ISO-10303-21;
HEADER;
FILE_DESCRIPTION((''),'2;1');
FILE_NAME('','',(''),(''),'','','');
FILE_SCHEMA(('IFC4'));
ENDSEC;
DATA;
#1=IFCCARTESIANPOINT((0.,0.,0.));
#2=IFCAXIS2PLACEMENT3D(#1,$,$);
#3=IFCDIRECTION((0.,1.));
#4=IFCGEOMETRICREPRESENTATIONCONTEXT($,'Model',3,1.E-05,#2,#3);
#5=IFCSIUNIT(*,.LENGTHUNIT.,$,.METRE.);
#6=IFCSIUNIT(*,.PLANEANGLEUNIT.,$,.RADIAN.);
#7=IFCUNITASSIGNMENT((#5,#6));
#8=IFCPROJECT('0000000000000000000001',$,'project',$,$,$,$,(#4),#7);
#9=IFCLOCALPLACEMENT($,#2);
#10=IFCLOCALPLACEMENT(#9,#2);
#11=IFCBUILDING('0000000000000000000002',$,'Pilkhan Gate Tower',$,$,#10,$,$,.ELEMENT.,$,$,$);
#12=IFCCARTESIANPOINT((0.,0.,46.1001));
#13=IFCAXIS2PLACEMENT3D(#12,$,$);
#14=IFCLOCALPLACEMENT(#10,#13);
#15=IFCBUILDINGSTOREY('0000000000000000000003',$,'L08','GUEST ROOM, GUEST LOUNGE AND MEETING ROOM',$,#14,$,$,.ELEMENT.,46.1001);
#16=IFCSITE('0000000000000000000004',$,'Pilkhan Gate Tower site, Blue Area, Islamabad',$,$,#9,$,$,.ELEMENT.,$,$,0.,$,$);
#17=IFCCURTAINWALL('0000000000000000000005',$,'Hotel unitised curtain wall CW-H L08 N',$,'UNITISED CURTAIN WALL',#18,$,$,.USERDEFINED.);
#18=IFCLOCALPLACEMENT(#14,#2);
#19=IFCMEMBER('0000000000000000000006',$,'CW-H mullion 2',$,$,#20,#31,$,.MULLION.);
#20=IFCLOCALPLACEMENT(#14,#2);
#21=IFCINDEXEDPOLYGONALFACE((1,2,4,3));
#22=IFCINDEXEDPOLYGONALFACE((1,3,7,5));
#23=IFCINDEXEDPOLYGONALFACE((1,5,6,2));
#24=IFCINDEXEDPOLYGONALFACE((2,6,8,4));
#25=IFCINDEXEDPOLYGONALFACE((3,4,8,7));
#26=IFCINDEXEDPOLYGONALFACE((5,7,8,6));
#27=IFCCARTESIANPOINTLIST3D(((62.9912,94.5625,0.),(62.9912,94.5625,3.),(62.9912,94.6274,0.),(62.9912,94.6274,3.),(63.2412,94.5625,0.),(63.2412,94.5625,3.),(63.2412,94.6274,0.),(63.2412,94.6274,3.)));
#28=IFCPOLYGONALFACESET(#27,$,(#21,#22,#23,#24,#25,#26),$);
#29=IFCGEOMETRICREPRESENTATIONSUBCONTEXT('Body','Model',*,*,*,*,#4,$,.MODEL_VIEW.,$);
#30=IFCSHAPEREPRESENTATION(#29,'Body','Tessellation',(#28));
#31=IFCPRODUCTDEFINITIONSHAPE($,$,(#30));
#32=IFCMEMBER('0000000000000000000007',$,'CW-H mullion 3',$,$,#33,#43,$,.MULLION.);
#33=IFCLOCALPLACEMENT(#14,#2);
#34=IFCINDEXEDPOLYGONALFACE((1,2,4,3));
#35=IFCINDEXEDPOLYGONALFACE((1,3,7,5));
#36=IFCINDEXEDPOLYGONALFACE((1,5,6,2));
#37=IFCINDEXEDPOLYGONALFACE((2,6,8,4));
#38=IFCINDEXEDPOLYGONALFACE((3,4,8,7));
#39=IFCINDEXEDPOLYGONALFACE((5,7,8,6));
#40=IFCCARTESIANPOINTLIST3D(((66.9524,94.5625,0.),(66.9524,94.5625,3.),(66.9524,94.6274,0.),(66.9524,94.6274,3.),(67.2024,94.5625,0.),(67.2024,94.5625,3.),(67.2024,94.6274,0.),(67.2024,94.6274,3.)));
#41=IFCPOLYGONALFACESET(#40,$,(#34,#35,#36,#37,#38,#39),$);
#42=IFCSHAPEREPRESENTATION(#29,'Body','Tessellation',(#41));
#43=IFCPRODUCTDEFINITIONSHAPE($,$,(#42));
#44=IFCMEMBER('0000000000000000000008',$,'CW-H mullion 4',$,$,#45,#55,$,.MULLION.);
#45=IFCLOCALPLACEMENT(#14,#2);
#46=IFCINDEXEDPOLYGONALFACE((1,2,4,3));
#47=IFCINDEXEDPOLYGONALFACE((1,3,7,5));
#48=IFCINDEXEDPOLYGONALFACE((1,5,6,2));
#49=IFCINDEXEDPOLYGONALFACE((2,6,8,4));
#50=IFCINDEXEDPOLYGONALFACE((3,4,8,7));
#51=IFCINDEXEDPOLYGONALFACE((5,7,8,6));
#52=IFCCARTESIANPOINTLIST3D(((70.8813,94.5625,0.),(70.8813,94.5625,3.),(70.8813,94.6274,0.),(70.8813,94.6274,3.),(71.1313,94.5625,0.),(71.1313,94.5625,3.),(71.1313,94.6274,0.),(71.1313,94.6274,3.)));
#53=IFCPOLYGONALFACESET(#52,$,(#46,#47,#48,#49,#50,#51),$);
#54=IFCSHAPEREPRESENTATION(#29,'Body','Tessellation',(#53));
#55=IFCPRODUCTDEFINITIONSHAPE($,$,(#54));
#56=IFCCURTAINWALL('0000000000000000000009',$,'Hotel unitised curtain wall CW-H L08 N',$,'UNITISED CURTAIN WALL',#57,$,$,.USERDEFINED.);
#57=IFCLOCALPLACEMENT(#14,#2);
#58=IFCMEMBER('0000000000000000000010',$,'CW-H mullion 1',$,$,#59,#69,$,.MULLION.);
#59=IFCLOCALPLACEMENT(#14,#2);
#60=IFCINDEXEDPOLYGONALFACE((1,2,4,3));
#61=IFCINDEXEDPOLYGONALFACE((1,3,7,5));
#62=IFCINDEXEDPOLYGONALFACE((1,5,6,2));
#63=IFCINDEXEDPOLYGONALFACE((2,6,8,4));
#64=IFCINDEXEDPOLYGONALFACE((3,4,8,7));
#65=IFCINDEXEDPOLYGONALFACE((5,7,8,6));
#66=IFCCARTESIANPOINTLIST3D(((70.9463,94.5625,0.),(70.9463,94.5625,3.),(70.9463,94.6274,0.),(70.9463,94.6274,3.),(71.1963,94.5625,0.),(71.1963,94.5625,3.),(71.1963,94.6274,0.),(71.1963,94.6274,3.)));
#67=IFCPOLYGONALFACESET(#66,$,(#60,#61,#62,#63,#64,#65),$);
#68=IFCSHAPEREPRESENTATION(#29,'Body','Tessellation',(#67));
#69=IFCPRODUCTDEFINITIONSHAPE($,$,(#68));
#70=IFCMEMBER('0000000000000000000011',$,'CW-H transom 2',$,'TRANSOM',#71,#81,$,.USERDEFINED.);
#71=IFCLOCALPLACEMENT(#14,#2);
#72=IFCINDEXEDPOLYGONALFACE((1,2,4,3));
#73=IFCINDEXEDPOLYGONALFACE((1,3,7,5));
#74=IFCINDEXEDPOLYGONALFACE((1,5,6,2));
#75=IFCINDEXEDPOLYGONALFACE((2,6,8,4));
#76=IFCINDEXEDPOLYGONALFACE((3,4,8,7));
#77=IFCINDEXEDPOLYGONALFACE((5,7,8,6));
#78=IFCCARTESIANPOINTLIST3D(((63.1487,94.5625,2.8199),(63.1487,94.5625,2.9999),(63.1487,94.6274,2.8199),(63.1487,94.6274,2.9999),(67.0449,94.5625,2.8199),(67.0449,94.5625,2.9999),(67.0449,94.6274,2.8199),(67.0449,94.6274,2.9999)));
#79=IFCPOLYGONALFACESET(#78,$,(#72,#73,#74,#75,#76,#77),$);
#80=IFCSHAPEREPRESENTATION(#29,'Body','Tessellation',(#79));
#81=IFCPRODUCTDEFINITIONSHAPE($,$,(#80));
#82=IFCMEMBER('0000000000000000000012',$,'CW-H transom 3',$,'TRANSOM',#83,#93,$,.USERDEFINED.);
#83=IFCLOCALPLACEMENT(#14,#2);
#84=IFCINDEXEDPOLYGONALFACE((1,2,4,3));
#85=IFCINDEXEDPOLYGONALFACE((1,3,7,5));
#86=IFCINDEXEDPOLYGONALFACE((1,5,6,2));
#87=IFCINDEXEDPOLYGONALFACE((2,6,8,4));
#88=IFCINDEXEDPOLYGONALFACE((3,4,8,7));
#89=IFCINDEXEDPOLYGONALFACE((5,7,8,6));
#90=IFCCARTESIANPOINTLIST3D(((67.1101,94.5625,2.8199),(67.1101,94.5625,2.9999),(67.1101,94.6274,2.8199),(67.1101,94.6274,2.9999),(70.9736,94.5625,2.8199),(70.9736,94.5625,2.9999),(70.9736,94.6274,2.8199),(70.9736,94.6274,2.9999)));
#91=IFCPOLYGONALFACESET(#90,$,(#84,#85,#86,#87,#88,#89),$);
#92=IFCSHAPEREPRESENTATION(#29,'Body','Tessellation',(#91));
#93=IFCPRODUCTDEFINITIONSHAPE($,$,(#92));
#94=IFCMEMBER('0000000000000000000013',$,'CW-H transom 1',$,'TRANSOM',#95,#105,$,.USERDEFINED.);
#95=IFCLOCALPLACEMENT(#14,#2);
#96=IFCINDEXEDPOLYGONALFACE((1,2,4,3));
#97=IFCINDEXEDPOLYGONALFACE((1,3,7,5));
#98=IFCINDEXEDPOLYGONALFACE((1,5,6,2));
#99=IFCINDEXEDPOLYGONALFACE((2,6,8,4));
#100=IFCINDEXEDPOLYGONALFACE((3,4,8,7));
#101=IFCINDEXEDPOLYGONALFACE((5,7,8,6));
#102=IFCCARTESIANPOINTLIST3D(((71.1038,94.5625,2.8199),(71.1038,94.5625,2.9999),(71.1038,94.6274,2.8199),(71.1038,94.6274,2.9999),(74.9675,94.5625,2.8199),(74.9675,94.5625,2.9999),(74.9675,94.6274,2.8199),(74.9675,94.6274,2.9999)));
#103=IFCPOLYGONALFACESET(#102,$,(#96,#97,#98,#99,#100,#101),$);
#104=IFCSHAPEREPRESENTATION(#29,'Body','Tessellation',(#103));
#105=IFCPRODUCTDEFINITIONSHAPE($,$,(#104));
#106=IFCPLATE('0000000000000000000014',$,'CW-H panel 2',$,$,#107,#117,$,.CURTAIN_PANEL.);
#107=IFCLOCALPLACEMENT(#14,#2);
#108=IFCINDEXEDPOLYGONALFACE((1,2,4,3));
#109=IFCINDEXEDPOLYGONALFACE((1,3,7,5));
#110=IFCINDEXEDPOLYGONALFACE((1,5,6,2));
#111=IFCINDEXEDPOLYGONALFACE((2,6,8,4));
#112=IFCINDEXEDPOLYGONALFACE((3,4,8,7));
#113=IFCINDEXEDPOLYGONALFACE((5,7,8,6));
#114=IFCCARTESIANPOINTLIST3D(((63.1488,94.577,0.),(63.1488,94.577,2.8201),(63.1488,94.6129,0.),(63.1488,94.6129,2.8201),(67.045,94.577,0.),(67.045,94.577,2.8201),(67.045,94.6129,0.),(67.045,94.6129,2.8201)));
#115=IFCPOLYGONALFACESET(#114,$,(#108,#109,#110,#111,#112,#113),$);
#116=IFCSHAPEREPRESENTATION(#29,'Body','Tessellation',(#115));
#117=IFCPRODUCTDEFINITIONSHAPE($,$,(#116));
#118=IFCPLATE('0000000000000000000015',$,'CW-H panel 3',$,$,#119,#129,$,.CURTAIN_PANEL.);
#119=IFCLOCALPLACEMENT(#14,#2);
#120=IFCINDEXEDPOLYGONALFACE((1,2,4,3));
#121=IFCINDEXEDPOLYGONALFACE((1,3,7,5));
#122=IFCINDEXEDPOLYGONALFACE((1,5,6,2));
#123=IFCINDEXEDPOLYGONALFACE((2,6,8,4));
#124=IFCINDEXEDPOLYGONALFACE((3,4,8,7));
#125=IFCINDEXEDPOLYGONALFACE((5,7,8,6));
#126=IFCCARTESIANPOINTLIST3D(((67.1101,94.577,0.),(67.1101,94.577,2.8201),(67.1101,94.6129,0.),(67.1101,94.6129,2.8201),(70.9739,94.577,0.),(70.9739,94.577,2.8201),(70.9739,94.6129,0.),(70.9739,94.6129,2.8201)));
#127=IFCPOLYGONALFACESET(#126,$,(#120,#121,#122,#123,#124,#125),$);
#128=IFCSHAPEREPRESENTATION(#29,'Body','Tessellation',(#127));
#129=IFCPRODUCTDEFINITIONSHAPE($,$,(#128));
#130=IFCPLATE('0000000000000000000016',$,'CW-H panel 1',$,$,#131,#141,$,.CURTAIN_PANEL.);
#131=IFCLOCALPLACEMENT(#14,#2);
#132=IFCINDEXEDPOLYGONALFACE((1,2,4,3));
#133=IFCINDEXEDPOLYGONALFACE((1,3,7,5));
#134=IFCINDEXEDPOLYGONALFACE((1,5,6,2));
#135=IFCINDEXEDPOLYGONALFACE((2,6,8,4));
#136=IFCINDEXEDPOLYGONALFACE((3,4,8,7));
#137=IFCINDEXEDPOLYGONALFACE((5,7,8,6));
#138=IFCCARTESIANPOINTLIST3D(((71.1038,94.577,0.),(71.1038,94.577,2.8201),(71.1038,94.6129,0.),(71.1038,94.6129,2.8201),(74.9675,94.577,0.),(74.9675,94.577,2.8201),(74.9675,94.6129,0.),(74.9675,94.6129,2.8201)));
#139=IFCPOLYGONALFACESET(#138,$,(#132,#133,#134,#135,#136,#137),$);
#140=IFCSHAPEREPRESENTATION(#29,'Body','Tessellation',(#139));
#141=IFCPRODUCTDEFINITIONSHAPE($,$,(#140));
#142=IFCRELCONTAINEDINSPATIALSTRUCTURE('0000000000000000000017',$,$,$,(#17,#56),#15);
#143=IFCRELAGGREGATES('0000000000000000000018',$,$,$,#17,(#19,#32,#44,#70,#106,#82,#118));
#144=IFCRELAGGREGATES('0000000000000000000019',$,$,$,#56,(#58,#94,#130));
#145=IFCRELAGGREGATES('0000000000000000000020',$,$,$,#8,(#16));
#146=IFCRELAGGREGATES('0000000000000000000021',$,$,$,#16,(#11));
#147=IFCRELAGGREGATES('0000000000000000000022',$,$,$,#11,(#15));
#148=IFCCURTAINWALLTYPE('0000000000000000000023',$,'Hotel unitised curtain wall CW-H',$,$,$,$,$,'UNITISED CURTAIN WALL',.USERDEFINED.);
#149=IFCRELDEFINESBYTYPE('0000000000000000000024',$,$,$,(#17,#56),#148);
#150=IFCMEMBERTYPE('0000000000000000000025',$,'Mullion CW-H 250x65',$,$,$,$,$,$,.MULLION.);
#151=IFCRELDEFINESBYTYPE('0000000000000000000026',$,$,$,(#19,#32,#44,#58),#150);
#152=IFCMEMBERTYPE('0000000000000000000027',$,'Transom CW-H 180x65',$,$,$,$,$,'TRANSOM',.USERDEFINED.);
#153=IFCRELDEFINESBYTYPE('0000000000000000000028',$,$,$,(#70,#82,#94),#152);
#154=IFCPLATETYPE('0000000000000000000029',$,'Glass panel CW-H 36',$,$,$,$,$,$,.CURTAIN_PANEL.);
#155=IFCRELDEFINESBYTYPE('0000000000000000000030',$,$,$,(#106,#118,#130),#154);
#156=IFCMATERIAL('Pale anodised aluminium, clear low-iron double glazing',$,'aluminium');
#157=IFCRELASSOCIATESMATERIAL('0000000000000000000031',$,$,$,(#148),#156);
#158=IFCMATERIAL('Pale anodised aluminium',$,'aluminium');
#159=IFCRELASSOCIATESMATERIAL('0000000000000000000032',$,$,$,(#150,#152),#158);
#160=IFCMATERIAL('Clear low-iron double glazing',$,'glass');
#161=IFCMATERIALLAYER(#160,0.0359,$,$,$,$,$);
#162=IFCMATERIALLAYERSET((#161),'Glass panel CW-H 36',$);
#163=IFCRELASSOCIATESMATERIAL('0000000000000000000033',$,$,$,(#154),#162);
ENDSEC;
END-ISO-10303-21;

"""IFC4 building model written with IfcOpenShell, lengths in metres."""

from ifc_helpers import new_model, si_unit, direction, frame, origin, origin_2d, place, context, subcontext, project, spatial, rectangle, extrude, material, layer, layer_set, material_profile, profile_set, type_object, element, aggregate, save


model = new_model("IFC4")

# Units and contexts
model_context = context("Model", 3, precision=1e-05, world=origin(), true_north=direction((0.0, 1.0)))
body_context = subcontext(model_context, "Body", "Model", "MODEL_VIEW")
ifc_project = project(units=[si_unit("LENGTHUNIT", "METRE"), si_unit("PLANEANGLEUNIT", "RADIAN")], contexts=[model_context])

# Site, building, storey
site_placement = place(None, origin())
site = spatial("IfcSite", under=ifc_project, at=site_placement, Name="Pilkhan Gate Tower site, Blue Area, Islamabad", CompositionType="ELEMENT", RefElevation=0.0)
building_placement = place(site_placement, origin())
building = spatial("IfcBuilding", under=site, at=building_placement, Name="Pilkhan Gate Tower", CompositionType="ELEMENT")
storey_placement = place(building_placement, frame((0.0, 0.0, 46.1001)))
storey = spatial("IfcBuildingStorey", under=building, at=storey_placement, Name="L08", Description="GUEST ROOM, GUEST LOUNGE AND MEETING ROOM", CompositionType="ELEMENT", Elevation=46.1001)

# Curtain wall, members
ifc_material_1 = material(Name="Pale anodised aluminium, clear low-iron double glazing", Category="aluminium")
curtain_wall_type = type_object("IfcCurtainWallType", Name="Hotel unitised curtain wall CW-H", ElementType="UNITISED CURTAIN WALL", PredefinedType="USERDEFINED", material=ifc_material_1)
curtain_wall_1_placement = place(storey_placement, origin())
curtain_wall_1 = element("IfcCurtainWall", 1, at=curtain_wall_1_placement, inside=storey, type_object=curtain_wall_type, Name="Hotel unitised curtain wall CW-H L08 N", ObjectType="UNITISED CURTAIN WALL", PredefinedType="USERDEFINED")
ifc_material_2 = material(Name="Pale anodised aluminium", Category="aluminium")
ifc_material_profile_1 = material_profile(ifc_material_2, rectangle(XDim=0.0649, YDim=0.25, at=origin_2d()), Name="Mullion 250x65")
ifc_profile_set_1 = profile_set([ifc_material_profile_1], Name="Pale anodised aluminium")
member_type_1 = type_object("IfcMemberType", Name="Mullion CW-H 250x65", PredefinedType="MULLION", material=ifc_profile_set_1)
member_1_placement = place(storey_placement, frame((63.1162, 94.595, 0.0), z_axis=(0.0, 0.0, 1.0), x_axis=(0.0, 1.0, 0.0)))
member_1 = element("IfcMember", 2, at=member_1_placement, type_object=member_type_1, Name="CW-H mullion 2", PredefinedType="MULLION", context=body_context, shape_type="SweptSolid", body=[
    extrude(rectangle(XDim=0.0649, YDim=0.25, at=origin_2d()), origin(), (0.0, 0.0, 1.0), 3.0),
])
member_2_placement = place(storey_placement, frame((67.0774, 94.595, 0.0), z_axis=(0.0, 0.0, 1.0), x_axis=(0.0, 1.0, 0.0)))
member_2 = element("IfcMember", 3, at=member_2_placement, type_object=member_type_1, Name="CW-H mullion 3", PredefinedType="MULLION", context=body_context, shape_type="SweptSolid", body=[
    extrude(rectangle(XDim=0.0649, YDim=0.25, at=origin_2d()), origin(), (0.0, 0.0, 1.0), 3.0),
])
member_3_placement = place(storey_placement, frame((71.0063, 94.595, 0.0), z_axis=(0.0, 0.0, 1.0), x_axis=(0.0, 1.0, 0.0)))
member_3 = element("IfcMember", 4, at=member_3_placement, type_object=member_type_1, Name="CW-H mullion 4", PredefinedType="MULLION", context=body_context, shape_type="SweptSolid", body=[
    extrude(rectangle(XDim=0.0649, YDim=0.25, at=origin_2d()), origin(), (0.0, 0.0, 1.0), 3.0),
])

# Curtain wall, member
curtain_wall_2_placement = place(storey_placement, origin())
curtain_wall_2 = element("IfcCurtainWall", 5, at=curtain_wall_2_placement, inside=storey, type_object=curtain_wall_type, Name="Hotel unitised curtain wall CW-H L08 N", ObjectType="UNITISED CURTAIN WALL", PredefinedType="USERDEFINED")
member_4_placement = place(storey_placement, frame((71.0713, 94.595, 0.0), z_axis=(0.0, 0.0, 1.0), x_axis=(0.0, 1.0, 0.0)))
member_4 = element("IfcMember", 6, at=member_4_placement, type_object=member_type_1, Name="CW-H mullion 1", PredefinedType="MULLION", context=body_context, shape_type="SweptSolid", body=[
    extrude(rectangle(XDim=0.0649, YDim=0.25, at=origin_2d()), origin(), (0.0, 0.0, 1.0), 3.0),
])

# Members
ifc_material_profile_2 = material_profile(ifc_material_2, rectangle(XDim=0.0649, YDim=0.1799, at=origin_2d()), Name="Transom 180x65")
ifc_profile_set_2 = profile_set([ifc_material_profile_2], Name="Pale anodised aluminium")
member_type_2 = type_object("IfcMemberType", Name="Transom CW-H 180x65", ElementType="TRANSOM", PredefinedType="USERDEFINED", material=ifc_profile_set_2)
member_5_placement = place(storey_placement, frame((63.1487, 94.595, 2.9099), z_axis=(1.0, 0.0, 0.0), x_axis=(0.0, 1.0, 0.0)))
member_5 = element("IfcMember", 7, at=member_5_placement, type_object=member_type_2, Name="CW-H transom 2", ObjectType="TRANSOM", PredefinedType="USERDEFINED", context=body_context, shape_type="SweptSolid", body=[
    extrude(rectangle(XDim=0.0649, YDim=0.1799, at=origin_2d()), origin(), (0.0, 0.0, 1.0), 3.8962),
])
member_6_placement = place(storey_placement, frame((67.1101, 94.595, 2.9099), z_axis=(1.0, 0.0, 0.0), x_axis=(0.0, 1.0, 0.0)))
member_6 = element("IfcMember", 8, at=member_6_placement, type_object=member_type_2, Name="CW-H transom 3", ObjectType="TRANSOM", PredefinedType="USERDEFINED", context=body_context, shape_type="SweptSolid", body=[
    extrude(rectangle(XDim=0.0649, YDim=0.1799, at=origin_2d()), origin(), (0.0, 0.0, 1.0), 3.8635),
])
member_7_placement = place(storey_placement, frame((71.1038, 94.595, 2.9099), z_axis=(1.0, 0.0, 0.0), x_axis=(0.0, 1.0, 0.0)))
member_7 = element("IfcMember", 9, at=member_7_placement, type_object=member_type_2, Name="CW-H transom 1", ObjectType="TRANSOM", PredefinedType="USERDEFINED", context=body_context, shape_type="SweptSolid", body=[
    extrude(rectangle(XDim=0.0649, YDim=0.1799, at=origin_2d()), origin(), (0.0, 0.0, 1.0), 3.8638),
])

# Plates
ifc_material_3 = material(Name="Clear low-iron double glazing", Category="glass")
ifc_layer_1 = layer(ifc_material_3, 0.0359)
ifc_layer_set_1 = layer_set([ifc_layer_1], Name="Glass panel CW-H 36")
plate_type = type_object("IfcPlateType", Name="Glass panel CW-H 36", PredefinedType="CURTAIN_PANEL", material=ifc_layer_set_1)
plate_1_placement = place(storey_placement, frame((65.0969, 94.595, 0.0), z_axis=(0.0, 0.0, 1.0), x_axis=(1.0, 0.0, 0.0)))
plate_1 = element("IfcPlate", 10, at=plate_1_placement, type_object=plate_type, Name="CW-H panel 2", PredefinedType="CURTAIN_PANEL", context=body_context, shape_type="SweptSolid", body=[
    extrude(rectangle(XDim=3.8962, YDim=0.0359, at=origin_2d()), origin(), (0.0, 0.0, 1.0), 2.8201),
])
plate_2_placement = place(storey_placement, frame((69.042, 94.595, 0.0), z_axis=(0.0, 0.0, 1.0), x_axis=(1.0, 0.0, 0.0)))
plate_2 = element("IfcPlate", 11, at=plate_2_placement, type_object=plate_type, Name="CW-H panel 3", PredefinedType="CURTAIN_PANEL", context=body_context, shape_type="SweptSolid", body=[
    extrude(rectangle(XDim=3.8638, YDim=0.0359, at=origin_2d()), origin(), (0.0, 0.0, 1.0), 2.8201),
])
aggregate(curtain_wall_1, [member_1, member_2, member_3, member_5, plate_1, member_6, plate_2])
plate_3_placement = place(storey_placement, frame((73.0356, 94.595, 0.0), z_axis=(0.0, 0.0, 1.0), x_axis=(1.0, 0.0, 0.0)))
plate_3 = element("IfcPlate", 12, at=plate_3_placement, type_object=plate_type, Name="CW-H panel 1", PredefinedType="CURTAIN_PANEL", context=body_context, shape_type="SweptSolid", body=[
    extrude(rectangle(XDim=3.8638, YDim=0.0359, at=origin_2d()), origin(), (0.0, 0.0, 1.0), 2.8201),
])
aggregate(curtain_wall_2, [member_4, member_7, plate_3])

save(model, "model.ifc")
